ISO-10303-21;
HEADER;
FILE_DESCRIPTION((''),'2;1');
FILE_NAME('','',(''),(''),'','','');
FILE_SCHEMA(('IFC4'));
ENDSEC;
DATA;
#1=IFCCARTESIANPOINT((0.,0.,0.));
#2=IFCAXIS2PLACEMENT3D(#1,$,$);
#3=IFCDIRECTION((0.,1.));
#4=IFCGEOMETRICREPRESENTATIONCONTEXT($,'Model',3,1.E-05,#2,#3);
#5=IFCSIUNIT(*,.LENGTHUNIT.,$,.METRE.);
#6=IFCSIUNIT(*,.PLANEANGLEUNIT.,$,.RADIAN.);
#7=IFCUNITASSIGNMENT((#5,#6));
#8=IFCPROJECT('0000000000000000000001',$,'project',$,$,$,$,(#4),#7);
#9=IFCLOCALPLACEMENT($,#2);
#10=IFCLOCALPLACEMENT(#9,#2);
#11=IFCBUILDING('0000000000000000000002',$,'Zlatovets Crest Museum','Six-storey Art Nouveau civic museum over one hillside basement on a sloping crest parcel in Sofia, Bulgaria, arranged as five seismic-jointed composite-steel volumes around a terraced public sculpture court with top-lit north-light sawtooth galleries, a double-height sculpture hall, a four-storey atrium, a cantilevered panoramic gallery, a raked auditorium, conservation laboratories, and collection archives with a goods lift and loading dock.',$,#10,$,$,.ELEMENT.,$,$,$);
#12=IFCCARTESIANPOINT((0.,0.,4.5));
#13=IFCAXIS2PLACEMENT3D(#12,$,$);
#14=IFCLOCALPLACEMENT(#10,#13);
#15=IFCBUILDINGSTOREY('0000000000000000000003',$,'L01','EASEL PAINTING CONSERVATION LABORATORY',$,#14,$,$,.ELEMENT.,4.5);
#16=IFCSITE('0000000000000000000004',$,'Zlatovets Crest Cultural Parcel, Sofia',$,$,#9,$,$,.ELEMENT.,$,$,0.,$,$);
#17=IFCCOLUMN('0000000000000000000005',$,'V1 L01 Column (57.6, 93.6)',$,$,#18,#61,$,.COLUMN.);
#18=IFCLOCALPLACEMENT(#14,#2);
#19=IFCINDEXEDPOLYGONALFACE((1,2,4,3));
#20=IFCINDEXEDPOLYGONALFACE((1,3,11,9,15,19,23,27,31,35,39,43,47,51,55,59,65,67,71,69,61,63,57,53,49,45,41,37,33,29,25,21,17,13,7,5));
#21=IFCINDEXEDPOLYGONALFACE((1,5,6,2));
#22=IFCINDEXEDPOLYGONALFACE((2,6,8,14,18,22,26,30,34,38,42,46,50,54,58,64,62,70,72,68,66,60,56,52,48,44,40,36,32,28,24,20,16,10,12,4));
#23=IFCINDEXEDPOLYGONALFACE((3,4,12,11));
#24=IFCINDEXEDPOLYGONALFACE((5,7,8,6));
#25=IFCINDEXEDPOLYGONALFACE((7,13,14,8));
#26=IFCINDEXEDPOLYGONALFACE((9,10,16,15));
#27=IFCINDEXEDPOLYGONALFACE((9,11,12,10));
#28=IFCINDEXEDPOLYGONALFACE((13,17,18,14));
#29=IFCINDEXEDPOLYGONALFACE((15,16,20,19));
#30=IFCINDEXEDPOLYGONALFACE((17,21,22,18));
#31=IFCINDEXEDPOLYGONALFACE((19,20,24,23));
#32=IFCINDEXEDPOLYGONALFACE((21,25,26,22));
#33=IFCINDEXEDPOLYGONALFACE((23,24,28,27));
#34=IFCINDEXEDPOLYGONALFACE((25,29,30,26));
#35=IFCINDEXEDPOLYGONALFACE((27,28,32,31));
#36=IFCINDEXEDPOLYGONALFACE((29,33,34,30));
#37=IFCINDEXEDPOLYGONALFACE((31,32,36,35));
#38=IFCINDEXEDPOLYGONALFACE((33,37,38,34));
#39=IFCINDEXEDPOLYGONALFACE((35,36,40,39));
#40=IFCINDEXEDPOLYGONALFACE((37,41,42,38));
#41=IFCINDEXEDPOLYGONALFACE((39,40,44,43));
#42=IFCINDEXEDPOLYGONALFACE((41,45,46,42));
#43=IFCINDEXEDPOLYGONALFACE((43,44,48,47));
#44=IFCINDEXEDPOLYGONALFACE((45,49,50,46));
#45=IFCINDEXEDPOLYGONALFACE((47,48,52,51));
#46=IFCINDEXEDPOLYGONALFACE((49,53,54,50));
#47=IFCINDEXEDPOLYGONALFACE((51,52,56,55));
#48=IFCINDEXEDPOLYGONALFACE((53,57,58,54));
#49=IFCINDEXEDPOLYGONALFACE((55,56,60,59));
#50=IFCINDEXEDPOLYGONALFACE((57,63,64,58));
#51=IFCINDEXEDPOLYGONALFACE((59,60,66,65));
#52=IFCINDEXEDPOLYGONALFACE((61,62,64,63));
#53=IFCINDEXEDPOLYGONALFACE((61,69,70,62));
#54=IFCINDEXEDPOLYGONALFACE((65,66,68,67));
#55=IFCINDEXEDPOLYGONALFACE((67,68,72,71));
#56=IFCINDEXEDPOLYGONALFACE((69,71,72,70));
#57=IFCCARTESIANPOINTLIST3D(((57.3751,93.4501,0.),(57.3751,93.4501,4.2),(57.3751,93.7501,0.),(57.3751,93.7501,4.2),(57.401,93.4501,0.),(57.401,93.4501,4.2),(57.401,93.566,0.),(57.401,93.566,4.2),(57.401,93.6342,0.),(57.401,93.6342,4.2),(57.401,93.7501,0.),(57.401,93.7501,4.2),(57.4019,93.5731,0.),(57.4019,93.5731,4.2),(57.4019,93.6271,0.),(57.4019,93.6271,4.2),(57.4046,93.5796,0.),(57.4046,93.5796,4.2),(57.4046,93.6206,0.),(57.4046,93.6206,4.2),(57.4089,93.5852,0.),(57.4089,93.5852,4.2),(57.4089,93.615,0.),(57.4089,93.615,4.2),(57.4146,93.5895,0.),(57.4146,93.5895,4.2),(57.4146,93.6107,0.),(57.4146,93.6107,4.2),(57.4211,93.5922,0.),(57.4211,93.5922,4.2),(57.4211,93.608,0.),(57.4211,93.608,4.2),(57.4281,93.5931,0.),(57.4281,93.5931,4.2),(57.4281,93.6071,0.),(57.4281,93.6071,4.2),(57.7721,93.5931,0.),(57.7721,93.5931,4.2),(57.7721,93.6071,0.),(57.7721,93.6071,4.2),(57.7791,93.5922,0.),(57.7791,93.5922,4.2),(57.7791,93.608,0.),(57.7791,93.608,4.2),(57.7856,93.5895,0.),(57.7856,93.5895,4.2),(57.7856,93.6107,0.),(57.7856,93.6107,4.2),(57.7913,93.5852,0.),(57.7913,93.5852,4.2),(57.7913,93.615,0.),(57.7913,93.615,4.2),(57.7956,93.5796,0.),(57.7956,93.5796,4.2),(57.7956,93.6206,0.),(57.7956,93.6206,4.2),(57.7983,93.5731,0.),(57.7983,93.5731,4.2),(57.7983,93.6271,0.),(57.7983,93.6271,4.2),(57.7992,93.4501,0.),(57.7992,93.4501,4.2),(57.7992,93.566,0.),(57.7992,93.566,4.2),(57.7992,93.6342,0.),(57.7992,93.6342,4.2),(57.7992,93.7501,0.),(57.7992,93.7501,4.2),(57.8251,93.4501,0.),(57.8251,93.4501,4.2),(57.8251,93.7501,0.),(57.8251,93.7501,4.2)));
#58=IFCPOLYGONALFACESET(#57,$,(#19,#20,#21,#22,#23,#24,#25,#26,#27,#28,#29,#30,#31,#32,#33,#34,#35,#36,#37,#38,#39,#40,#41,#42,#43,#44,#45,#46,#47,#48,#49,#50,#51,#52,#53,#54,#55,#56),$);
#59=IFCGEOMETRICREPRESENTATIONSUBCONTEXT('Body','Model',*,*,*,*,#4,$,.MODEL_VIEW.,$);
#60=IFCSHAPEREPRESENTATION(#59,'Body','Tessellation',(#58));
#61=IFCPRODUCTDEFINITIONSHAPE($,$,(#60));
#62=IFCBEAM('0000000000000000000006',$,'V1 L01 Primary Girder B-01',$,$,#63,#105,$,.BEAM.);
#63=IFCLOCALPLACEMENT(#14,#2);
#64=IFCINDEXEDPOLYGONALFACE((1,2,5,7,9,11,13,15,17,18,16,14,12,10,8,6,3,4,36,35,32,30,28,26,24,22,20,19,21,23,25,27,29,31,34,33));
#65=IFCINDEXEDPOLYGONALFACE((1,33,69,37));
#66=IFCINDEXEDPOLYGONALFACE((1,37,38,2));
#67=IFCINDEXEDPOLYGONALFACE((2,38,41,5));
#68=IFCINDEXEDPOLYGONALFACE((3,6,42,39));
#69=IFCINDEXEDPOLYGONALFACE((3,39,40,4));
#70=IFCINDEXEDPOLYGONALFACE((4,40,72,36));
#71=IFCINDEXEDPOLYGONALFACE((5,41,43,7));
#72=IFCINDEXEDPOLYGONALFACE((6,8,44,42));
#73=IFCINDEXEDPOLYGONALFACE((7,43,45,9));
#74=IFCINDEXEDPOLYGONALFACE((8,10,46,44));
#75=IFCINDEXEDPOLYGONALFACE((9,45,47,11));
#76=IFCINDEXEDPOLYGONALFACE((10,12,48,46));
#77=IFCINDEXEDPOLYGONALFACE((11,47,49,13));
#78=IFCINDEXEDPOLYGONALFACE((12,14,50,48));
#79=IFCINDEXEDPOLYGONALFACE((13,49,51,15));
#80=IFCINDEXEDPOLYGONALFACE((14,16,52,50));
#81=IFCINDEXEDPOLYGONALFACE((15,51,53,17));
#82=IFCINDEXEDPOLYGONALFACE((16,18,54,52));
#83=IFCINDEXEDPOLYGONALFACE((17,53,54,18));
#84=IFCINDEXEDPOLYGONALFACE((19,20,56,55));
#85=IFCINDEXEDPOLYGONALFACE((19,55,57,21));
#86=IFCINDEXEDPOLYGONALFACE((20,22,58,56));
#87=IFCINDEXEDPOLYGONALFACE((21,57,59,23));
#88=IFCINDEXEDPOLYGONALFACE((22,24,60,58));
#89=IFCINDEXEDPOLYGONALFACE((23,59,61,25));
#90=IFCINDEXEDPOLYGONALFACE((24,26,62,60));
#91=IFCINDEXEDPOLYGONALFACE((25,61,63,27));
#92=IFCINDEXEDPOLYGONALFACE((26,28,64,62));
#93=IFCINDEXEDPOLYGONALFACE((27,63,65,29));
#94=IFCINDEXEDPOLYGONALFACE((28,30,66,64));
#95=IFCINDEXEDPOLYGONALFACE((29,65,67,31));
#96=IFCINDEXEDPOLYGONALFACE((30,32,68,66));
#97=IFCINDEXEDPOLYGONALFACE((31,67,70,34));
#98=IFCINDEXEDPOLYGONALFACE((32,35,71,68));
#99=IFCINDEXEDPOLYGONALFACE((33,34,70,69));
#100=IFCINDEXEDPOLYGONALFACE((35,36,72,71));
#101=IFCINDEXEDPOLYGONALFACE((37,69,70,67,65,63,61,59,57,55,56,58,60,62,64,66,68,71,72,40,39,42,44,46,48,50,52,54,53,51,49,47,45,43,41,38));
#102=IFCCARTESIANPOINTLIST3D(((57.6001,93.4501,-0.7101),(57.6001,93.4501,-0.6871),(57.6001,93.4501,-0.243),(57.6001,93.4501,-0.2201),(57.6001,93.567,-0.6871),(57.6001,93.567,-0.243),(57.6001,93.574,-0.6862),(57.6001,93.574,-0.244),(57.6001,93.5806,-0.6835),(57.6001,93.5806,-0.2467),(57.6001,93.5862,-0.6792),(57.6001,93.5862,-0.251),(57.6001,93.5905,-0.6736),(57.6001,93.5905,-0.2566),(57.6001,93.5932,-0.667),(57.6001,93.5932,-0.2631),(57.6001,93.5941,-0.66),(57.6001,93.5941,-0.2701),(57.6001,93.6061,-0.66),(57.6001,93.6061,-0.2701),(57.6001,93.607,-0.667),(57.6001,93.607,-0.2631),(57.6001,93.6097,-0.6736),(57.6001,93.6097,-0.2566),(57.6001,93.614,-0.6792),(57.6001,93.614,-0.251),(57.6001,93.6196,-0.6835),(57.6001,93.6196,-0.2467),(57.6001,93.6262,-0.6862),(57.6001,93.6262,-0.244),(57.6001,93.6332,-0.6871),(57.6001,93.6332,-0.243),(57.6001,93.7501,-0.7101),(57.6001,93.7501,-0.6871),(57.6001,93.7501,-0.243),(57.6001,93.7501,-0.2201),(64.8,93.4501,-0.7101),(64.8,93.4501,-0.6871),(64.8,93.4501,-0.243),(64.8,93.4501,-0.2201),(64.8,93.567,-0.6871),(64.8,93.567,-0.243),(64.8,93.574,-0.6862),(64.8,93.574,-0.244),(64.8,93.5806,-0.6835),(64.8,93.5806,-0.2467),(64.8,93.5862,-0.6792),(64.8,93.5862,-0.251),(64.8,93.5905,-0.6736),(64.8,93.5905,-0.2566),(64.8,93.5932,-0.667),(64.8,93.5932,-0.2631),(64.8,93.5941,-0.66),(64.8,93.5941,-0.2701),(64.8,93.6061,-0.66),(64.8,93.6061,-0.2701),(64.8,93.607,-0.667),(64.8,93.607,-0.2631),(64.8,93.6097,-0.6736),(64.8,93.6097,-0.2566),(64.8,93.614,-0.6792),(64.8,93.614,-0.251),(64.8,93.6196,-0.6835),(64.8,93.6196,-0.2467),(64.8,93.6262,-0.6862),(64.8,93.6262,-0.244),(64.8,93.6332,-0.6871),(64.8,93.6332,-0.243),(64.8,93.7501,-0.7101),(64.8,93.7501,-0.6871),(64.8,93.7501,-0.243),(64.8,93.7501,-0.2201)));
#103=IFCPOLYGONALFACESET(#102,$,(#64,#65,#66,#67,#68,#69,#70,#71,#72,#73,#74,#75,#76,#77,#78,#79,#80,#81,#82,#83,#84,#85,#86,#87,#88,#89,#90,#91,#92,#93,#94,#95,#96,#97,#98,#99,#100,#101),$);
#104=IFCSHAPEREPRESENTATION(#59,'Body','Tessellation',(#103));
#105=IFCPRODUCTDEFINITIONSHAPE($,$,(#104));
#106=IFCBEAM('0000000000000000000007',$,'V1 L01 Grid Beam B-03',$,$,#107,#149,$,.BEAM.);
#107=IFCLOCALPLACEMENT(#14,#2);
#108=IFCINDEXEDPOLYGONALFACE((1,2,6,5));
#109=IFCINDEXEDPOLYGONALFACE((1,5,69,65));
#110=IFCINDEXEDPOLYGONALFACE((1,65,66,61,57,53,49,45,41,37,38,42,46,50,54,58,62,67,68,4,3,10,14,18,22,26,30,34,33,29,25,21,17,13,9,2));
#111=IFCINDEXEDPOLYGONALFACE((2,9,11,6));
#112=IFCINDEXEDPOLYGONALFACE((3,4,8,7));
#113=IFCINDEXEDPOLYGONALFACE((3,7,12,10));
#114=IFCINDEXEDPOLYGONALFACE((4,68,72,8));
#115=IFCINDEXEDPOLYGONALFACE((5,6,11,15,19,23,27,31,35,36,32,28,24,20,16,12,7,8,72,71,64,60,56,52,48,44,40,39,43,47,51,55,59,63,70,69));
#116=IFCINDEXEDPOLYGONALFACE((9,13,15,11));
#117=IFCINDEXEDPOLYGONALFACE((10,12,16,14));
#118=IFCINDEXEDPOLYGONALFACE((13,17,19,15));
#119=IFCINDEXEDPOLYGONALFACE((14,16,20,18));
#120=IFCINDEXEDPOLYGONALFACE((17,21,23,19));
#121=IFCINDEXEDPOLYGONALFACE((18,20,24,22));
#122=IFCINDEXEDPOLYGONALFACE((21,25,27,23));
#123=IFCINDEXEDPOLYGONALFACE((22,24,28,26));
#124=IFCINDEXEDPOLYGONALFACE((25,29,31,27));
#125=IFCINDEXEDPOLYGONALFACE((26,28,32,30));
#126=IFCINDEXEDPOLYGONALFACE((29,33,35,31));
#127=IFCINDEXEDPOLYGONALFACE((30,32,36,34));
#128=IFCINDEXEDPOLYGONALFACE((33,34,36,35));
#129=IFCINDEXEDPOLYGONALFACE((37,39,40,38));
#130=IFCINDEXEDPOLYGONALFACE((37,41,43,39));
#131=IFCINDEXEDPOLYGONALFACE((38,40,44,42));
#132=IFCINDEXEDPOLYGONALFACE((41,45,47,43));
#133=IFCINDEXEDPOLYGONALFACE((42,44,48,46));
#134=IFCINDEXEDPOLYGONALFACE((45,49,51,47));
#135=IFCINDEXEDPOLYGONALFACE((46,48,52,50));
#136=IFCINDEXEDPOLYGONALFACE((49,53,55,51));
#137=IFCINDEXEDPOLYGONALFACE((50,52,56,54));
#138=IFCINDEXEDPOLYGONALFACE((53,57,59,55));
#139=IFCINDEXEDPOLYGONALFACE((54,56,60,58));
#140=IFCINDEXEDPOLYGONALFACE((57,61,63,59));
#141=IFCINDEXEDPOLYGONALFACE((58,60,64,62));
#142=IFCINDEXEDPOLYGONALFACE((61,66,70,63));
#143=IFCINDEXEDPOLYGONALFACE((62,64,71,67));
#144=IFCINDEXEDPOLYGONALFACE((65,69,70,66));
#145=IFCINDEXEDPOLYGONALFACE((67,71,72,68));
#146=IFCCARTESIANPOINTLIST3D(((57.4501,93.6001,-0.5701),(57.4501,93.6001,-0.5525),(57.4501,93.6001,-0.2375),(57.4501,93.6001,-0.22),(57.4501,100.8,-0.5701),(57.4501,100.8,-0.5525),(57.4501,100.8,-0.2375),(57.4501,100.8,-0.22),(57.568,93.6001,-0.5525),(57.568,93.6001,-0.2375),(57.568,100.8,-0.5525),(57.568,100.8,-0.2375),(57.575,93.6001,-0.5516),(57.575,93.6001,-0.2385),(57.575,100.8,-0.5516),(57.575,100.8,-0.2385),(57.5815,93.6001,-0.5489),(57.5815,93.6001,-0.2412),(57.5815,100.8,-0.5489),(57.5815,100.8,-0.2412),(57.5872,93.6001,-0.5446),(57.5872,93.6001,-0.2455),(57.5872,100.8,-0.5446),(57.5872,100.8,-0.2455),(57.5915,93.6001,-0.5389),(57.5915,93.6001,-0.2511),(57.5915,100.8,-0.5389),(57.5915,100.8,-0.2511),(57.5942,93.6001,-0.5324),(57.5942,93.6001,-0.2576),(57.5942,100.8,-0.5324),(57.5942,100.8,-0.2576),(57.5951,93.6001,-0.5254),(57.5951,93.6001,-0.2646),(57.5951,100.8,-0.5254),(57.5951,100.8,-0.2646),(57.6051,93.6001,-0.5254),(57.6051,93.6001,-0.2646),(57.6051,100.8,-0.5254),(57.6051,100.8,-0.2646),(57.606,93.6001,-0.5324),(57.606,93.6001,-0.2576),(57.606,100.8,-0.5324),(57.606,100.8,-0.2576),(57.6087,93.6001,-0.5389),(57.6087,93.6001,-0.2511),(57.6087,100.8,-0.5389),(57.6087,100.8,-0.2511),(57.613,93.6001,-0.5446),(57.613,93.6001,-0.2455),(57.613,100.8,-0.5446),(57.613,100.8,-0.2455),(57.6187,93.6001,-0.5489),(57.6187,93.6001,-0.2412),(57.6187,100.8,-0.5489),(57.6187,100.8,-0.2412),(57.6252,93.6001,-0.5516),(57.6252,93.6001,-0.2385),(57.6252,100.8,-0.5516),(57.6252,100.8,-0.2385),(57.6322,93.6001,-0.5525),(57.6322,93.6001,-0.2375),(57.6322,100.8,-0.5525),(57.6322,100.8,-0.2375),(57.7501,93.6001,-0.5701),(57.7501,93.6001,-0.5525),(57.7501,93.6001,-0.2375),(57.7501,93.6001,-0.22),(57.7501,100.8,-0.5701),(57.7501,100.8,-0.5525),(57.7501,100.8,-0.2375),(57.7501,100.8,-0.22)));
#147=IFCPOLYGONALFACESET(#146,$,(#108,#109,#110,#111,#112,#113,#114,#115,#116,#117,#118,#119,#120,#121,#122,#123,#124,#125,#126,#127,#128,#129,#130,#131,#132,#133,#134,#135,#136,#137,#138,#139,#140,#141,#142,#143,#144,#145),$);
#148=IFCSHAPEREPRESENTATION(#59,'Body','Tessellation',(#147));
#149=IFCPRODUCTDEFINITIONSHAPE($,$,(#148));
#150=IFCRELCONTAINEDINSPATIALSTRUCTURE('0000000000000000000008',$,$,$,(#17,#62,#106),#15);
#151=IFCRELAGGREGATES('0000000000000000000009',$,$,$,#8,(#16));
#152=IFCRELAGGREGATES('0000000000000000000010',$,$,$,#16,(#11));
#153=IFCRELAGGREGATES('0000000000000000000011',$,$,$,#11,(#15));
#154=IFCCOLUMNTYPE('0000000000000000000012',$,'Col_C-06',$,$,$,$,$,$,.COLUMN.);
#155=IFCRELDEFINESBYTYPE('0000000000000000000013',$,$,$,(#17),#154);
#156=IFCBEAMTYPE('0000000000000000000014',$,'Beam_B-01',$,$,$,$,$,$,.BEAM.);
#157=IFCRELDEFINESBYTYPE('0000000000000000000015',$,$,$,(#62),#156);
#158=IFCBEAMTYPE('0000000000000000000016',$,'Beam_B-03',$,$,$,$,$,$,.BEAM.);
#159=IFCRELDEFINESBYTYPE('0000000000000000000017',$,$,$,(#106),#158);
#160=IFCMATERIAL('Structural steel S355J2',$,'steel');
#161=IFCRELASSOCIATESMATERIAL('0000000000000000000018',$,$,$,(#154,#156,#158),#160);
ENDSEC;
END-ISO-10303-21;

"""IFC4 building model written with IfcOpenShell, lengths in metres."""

from ifc_helpers import new_model, si_unit, direction, frame, origin, origin_2d, place, context, subcontext, project, spatial, i_section, extrude, material, material_profile, profile_set, type_object, element, save


model = new_model("IFC4")

# Units and contexts
model_context = context("Model", 3, precision=1e-05, world=origin(), true_north=direction((0.0, 1.0)))
body_context = subcontext(model_context, "Body", "Model", "MODEL_VIEW")
ifc_project = project(units=[si_unit("LENGTHUNIT", "METRE"), si_unit("PLANEANGLEUNIT", "RADIAN")], contexts=[model_context])

# Site, building, storey
site_placement = place(None, origin())
site = spatial("IfcSite", under=ifc_project, at=site_placement, Name="Zlatovets Crest Cultural Parcel, Sofia", CompositionType="ELEMENT", RefElevation=0.0)
building_placement = place(site_placement, origin())
building = spatial("IfcBuilding", under=site, at=building_placement, Name="Zlatovets Crest Museum", Description="Six-storey Art Nouveau civic museum over one hillside basement on a sloping crest parcel in Sofia, Bulgaria, arranged as five seismic-jointed composite-steel volumes around a terraced public sculpture court with top-lit north-light sawtooth galleries, a double-height sculpture hall, a four-storey atrium, a cantilevered panoramic gallery, a raked auditorium, conservation laboratories, and collection archives with a goods lift and loading dock.", CompositionType="ELEMENT")
storey_placement = place(building_placement, frame((0.0, 0.0, 4.5)))
storey = spatial("IfcBuildingStorey", under=building, at=storey_placement, Name="L01", Description="EASEL PAINTING CONSERVATION LABORATORY", CompositionType="ELEMENT", Elevation=4.5)

# Column
ifc_material_1 = material(Name="Structural steel S355J2", Category="steel")
ifc_material_profile_1 = material_profile(ifc_material_1, i_section(OverallWidth=0.3, OverallDepth=0.45, WebThickness=0.0139, FlangeThickness=0.0259, FilletRadius=0.0271, at=origin_2d()), Name="HEB 450")
ifc_profile_set_1 = profile_set([ifc_material_profile_1], Name="Structural steel S355J2")
column_type = type_object("IfcColumnType", Name="Col_C-06", PredefinedType="COLUMN", material=ifc_profile_set_1)
column_placement = place(storey_placement, frame((57.6001, 93.6001, 0.0), z_axis=(0.0, 0.0, 1.0), x_axis=(0.0, 1.0, 0.0)))
element("IfcColumn", 1, at=column_placement, inside=storey, type_object=column_type, Name="V1 L01 Column (57.6, 93.6)", PredefinedType="COLUMN", context=body_context, shape_type="SweptSolid", body=[
    extrude(i_section(OverallWidth=0.3, OverallDepth=0.45, WebThickness=0.0139, FlangeThickness=0.0259, FilletRadius=0.0271, at=origin_2d()), origin(), (0.0, 0.0, 1.0), 4.2),
])

# Beams
ifc_material_profile_2 = material_profile(ifc_material_1, i_section(OverallWidth=0.3, OverallDepth=0.49, WebThickness=0.012, FlangeThickness=0.0229, FilletRadius=0.0271, at=origin_2d()), Name="HEA 500")
ifc_profile_set_2 = profile_set([ifc_material_profile_2], Name="Structural steel S355J2")
beam_type_1 = type_object("IfcBeamType", Name="Beam_B-01", PredefinedType="BEAM", material=ifc_profile_set_2)
beam_1_placement = place(storey_placement, frame((57.6001, 93.6001, -0.4651), z_axis=(1.0, 0.0, 0.0), x_axis=(0.0, 1.0, 0.0)))
element("IfcBeam", 2, at=beam_1_placement, inside=storey, type_object=beam_type_1, Name="V1 L01 Primary Girder B-01", PredefinedType="BEAM", context=body_context, shape_type="SweptSolid", body=[
    extrude(i_section(OverallWidth=0.3, OverallDepth=0.49, WebThickness=0.012, FlangeThickness=0.0229, FilletRadius=0.0271, at=origin_2d()), origin(), (0.0, 0.0, 1.0), 7.2),
])
ifc_material_profile_3 = material_profile(ifc_material_1, i_section(OverallWidth=0.3, OverallDepth=0.3501, WebThickness=0.01, FlangeThickness=0.0176, FilletRadius=0.0271, at=origin_2d()), Name="HEA 360")
ifc_profile_set_3 = profile_set([ifc_material_profile_3], Name="Structural steel S355J2")
beam_type_2 = type_object("IfcBeamType", Name="Beam_B-03", PredefinedType="BEAM", material=ifc_profile_set_3)
beam_2_placement = place(storey_placement, frame((57.6001, 93.6001, -0.395), z_axis=(0.0, 1.0, 0.0), x_axis=(-1.0, 0.0, 0.0)))
element("IfcBeam", 3, at=beam_2_placement, inside=storey, type_object=beam_type_2, Name="V1 L01 Grid Beam B-03", PredefinedType="BEAM", context=body_context, shape_type="SweptSolid", body=[
    extrude(i_section(OverallWidth=0.3, OverallDepth=0.3501, WebThickness=0.01, FlangeThickness=0.0176, FilletRadius=0.0271, at=origin_2d()), origin(), (0.0, 0.0, 1.0), 7.2),
])

save(model, "model.ifc")
